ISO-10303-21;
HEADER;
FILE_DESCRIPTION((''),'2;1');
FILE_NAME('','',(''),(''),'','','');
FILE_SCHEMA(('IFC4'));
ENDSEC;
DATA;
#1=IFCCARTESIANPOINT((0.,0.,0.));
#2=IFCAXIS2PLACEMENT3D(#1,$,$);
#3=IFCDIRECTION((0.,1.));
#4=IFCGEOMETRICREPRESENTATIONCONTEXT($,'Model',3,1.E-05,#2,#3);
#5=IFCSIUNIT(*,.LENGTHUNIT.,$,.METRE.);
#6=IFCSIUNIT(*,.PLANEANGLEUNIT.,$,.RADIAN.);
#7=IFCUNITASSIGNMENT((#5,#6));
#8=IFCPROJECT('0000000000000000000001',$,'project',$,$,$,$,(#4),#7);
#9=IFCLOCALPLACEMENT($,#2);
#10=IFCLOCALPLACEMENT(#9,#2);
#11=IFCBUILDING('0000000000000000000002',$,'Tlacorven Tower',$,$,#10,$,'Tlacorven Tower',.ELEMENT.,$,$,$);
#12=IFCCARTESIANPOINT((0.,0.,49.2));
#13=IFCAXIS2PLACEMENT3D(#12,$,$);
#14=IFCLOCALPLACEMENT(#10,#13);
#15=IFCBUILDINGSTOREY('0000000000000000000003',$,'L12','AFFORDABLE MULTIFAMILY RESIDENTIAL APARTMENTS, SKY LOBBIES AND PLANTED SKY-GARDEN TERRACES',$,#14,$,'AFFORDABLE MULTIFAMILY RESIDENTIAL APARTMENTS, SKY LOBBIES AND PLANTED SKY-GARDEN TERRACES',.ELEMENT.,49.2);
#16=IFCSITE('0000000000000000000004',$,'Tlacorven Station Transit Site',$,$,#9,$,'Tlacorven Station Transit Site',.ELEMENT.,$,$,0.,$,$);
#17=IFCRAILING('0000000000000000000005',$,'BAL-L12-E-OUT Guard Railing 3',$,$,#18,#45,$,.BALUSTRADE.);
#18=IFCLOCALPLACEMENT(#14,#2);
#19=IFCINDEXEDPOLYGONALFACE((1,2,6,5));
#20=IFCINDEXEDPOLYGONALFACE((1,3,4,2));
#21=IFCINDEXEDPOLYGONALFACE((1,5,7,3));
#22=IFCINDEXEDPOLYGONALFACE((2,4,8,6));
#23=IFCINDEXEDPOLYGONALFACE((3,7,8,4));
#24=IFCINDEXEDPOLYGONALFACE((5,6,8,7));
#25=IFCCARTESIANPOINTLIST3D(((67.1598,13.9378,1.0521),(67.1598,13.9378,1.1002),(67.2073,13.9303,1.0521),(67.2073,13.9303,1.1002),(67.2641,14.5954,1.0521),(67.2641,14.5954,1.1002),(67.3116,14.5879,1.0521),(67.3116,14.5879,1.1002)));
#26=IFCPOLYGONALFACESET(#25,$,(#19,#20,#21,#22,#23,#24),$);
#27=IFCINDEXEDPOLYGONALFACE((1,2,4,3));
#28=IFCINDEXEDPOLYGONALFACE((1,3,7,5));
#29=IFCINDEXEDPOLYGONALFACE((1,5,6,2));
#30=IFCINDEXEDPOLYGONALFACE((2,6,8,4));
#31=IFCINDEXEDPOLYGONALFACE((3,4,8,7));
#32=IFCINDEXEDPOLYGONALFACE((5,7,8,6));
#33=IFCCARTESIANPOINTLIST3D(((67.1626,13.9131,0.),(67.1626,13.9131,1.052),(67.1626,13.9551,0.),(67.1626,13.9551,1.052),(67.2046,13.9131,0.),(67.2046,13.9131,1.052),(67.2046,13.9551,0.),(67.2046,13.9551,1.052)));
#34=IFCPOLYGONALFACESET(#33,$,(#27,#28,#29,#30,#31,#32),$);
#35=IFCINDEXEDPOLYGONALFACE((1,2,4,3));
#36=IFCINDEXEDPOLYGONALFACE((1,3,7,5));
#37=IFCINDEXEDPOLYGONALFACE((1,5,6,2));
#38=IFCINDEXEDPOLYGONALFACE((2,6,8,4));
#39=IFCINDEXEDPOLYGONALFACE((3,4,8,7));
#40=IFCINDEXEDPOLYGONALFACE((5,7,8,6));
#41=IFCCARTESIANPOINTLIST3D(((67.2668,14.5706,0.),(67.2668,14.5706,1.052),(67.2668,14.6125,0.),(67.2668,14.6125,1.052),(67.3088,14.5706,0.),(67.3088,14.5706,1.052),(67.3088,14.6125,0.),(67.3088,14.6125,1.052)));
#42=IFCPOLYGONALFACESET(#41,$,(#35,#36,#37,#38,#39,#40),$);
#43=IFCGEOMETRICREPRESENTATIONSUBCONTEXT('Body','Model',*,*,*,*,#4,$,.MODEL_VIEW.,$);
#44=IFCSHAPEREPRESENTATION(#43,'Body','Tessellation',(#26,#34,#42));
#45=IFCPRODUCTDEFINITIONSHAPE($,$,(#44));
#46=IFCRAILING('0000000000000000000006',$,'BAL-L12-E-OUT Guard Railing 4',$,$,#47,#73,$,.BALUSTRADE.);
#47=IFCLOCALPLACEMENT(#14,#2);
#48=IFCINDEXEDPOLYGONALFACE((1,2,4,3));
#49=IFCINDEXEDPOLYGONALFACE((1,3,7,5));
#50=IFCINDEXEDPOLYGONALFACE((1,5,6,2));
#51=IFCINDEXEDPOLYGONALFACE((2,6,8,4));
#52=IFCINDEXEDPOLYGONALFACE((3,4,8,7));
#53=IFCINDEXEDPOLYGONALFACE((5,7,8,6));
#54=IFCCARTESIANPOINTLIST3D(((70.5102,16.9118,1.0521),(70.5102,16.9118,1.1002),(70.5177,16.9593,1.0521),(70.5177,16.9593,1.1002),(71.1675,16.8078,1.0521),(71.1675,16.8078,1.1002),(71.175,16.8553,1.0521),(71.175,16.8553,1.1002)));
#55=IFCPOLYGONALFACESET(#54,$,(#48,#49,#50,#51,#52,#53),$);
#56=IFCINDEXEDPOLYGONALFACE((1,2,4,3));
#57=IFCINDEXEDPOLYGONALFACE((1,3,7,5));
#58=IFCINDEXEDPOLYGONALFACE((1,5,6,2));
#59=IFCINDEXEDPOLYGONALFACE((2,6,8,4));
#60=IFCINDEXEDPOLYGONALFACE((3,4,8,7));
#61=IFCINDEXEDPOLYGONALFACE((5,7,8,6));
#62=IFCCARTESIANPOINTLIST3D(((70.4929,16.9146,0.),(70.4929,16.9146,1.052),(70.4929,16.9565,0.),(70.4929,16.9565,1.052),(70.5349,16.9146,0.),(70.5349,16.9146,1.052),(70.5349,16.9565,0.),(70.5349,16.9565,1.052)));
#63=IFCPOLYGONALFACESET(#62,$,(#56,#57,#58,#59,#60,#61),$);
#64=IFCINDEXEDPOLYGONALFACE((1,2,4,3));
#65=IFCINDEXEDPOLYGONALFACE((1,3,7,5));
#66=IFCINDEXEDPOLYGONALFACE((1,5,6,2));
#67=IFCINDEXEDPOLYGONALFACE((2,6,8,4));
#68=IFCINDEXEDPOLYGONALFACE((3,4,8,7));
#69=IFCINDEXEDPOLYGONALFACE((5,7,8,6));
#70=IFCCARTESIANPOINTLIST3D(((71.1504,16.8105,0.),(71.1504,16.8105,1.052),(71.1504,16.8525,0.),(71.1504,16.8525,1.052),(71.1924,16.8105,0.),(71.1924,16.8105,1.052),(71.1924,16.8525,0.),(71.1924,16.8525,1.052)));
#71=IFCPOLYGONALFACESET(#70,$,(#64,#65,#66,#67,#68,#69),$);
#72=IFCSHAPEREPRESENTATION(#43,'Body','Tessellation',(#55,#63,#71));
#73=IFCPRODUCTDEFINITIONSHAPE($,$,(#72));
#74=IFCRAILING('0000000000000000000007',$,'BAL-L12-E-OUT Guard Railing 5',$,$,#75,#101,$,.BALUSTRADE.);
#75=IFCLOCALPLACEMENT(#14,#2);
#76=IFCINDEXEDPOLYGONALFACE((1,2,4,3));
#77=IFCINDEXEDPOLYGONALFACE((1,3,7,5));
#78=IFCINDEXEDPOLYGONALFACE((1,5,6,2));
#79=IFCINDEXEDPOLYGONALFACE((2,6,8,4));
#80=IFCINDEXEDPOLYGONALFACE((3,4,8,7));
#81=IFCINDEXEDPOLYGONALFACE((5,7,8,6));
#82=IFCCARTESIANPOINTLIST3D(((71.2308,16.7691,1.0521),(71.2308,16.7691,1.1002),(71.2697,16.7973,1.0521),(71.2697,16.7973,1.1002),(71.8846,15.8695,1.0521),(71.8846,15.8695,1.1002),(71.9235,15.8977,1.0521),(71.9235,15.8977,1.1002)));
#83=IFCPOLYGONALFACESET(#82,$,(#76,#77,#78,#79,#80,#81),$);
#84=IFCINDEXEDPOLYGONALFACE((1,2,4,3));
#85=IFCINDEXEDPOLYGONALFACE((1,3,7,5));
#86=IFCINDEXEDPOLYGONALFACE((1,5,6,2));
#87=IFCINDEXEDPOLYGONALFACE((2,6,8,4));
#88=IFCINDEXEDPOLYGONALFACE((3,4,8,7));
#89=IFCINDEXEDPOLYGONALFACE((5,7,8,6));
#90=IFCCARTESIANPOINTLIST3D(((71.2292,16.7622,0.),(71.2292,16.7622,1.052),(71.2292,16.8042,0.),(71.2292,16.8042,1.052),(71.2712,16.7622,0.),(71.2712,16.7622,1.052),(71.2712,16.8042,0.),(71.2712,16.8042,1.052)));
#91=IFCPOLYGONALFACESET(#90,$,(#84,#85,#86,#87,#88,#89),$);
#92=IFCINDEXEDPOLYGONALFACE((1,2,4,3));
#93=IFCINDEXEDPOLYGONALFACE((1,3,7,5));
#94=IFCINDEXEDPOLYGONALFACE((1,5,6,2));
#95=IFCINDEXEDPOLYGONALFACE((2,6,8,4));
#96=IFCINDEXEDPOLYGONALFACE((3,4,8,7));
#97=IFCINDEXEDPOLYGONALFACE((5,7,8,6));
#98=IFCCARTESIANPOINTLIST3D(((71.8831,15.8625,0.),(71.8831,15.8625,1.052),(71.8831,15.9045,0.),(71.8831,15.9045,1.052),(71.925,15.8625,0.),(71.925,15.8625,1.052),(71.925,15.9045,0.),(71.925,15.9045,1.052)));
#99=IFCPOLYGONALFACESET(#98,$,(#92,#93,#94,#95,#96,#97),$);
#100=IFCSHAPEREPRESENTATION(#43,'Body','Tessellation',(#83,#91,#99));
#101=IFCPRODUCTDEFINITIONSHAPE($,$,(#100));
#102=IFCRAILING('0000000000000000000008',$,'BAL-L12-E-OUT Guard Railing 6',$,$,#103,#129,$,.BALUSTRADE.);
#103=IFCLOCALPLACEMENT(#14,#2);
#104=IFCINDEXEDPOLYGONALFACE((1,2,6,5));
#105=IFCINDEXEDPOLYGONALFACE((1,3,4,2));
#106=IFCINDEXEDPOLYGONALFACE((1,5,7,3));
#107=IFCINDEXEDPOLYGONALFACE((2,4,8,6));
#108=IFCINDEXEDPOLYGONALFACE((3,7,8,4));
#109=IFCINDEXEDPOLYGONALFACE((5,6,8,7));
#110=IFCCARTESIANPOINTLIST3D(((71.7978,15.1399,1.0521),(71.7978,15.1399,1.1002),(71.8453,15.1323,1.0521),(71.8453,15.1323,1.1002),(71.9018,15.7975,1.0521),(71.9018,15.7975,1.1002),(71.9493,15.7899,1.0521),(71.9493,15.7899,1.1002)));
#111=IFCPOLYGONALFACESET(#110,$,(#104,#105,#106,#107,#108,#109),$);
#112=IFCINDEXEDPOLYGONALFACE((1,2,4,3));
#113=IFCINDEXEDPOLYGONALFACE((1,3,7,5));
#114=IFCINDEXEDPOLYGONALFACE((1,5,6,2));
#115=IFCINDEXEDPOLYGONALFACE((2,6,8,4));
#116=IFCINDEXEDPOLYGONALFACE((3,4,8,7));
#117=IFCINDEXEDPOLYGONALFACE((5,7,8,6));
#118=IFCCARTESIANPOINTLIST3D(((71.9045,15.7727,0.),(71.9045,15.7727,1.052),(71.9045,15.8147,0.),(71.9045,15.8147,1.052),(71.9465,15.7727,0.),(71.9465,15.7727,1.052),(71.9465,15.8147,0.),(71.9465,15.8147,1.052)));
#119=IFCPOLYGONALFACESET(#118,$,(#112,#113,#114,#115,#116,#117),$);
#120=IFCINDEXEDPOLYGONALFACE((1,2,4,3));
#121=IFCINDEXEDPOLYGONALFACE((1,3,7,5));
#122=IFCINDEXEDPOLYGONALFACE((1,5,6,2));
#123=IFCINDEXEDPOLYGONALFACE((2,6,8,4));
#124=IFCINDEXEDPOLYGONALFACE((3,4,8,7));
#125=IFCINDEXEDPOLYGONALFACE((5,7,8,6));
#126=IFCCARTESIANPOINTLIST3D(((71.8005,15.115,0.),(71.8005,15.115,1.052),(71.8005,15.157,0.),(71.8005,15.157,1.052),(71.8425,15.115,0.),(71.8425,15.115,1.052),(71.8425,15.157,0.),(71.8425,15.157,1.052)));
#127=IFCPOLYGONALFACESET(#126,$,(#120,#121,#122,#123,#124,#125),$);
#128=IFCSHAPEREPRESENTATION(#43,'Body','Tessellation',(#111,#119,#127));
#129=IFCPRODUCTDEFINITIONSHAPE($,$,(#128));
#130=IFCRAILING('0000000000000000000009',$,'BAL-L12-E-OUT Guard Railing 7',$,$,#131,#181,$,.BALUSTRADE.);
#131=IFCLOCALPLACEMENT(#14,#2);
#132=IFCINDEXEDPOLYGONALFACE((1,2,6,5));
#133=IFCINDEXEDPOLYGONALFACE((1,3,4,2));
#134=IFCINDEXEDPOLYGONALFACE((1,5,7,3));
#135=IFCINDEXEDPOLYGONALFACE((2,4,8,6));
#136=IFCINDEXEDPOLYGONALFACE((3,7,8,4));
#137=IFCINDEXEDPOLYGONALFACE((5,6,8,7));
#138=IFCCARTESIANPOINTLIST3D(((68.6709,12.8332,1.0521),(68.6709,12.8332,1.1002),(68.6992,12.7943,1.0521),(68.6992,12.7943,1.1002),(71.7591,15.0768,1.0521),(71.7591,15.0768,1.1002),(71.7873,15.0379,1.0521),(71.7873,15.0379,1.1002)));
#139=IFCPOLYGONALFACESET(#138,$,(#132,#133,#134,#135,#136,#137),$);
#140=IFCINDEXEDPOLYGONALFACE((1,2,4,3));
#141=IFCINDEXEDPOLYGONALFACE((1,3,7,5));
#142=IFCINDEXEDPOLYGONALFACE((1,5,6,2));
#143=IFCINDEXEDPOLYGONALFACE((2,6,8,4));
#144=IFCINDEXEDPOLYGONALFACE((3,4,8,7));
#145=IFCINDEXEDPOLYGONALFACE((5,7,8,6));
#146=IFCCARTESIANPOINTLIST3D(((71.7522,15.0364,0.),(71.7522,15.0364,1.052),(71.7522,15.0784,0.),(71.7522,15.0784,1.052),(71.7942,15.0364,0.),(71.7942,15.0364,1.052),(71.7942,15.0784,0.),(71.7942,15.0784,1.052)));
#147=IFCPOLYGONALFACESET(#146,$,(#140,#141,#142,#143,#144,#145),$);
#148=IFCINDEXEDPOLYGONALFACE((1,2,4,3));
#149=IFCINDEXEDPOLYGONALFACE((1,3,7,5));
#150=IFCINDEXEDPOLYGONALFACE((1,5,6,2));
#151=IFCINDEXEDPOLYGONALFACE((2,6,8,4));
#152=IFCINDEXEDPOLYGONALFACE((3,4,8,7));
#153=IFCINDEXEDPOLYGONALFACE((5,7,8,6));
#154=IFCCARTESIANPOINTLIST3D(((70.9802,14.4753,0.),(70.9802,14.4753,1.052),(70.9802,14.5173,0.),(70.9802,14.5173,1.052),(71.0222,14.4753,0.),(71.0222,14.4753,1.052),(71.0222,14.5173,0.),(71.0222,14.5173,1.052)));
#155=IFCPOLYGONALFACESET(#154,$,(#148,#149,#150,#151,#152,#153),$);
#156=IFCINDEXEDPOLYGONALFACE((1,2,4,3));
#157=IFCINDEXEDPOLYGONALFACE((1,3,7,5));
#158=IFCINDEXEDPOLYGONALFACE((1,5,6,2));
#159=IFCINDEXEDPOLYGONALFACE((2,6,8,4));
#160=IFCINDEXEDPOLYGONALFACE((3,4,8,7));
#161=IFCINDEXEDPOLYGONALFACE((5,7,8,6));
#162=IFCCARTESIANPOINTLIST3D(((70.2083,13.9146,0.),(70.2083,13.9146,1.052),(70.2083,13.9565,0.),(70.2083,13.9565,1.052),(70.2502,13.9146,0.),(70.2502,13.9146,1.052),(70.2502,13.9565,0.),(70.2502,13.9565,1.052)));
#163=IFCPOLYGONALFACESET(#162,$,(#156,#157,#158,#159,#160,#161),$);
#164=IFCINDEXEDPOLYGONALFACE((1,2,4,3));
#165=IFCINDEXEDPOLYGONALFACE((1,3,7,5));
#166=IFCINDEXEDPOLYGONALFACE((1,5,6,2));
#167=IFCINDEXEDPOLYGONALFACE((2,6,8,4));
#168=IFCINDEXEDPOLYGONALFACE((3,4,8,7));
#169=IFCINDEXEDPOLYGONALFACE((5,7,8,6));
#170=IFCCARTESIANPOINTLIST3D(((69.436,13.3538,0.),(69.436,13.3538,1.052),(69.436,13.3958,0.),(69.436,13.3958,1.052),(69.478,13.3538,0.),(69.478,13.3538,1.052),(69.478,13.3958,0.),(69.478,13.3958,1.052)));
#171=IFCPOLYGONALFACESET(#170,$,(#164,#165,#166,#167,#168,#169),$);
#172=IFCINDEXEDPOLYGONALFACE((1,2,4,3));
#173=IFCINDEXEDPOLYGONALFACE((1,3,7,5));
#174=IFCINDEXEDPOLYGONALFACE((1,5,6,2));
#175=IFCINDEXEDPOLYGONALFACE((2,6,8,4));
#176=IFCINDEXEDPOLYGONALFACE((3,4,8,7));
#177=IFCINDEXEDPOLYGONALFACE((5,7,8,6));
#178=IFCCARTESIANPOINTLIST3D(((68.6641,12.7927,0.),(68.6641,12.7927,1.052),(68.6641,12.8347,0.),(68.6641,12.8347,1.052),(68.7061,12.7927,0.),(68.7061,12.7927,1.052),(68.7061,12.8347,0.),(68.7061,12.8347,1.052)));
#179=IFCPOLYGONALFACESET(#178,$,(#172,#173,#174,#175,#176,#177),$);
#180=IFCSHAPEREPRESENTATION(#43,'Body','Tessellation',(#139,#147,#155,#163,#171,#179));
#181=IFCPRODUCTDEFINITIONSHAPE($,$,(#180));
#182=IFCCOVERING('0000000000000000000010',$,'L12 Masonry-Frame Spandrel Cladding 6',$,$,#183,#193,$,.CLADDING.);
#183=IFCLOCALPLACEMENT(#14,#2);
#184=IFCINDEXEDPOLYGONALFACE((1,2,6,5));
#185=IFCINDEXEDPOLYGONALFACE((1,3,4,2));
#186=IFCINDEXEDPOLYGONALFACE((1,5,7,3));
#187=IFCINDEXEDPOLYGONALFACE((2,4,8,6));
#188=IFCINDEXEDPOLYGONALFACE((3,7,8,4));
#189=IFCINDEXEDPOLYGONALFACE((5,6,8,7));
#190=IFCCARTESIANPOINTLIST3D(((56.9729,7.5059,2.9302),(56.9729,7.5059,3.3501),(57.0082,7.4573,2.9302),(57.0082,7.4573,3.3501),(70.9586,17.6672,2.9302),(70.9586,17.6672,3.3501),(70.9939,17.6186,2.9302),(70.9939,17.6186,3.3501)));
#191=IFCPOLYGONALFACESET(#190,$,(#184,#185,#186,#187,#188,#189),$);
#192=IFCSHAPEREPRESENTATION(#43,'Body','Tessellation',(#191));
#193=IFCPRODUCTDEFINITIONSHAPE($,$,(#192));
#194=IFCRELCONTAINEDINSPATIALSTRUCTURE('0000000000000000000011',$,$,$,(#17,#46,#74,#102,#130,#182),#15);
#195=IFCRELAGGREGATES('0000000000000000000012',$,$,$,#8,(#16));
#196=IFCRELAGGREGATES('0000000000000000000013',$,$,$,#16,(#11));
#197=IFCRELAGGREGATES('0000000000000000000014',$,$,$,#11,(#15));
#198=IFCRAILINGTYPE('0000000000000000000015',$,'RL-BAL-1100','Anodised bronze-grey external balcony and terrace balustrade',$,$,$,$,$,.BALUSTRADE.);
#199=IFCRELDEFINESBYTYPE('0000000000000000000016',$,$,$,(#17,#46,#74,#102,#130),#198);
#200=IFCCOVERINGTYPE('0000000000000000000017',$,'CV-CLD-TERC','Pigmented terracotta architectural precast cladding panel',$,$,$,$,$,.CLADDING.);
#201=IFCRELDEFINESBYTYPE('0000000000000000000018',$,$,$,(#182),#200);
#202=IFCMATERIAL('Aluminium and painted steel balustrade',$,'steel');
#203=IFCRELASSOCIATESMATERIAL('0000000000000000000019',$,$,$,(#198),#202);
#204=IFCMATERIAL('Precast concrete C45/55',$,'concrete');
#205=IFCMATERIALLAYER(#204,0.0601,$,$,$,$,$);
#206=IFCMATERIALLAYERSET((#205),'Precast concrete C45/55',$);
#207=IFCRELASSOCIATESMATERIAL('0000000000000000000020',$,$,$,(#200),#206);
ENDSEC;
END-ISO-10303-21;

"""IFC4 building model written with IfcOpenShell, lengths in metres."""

from ifc_helpers import new_model, si_unit, direction, frame, origin, origin_2d, place, context, subcontext, project, spatial, rectangle, extrude, source, transform, mapped, material, layer, layer_set, type_object, element, save


model = new_model("IFC4")

# Units and contexts
model_context = context("Model", 3, precision=1e-05, world=origin(), true_north=direction((0.0, 1.0)))
body_context = subcontext(model_context, "Body", "Model", "MODEL_VIEW")
ifc_project = project(units=[si_unit("LENGTHUNIT", "METRE"), si_unit("PLANEANGLEUNIT", "RADIAN")], contexts=[model_context])

# Site, building, storey
site_placement = place(None, origin())
site = spatial("IfcSite", under=ifc_project, at=site_placement, Name="Tlacorven Station Transit Site", LongName="Tlacorven Station Transit Site", CompositionType="ELEMENT", RefElevation=0.0)
building_placement = place(site_placement, origin())
building = spatial("IfcBuilding", under=site, at=building_placement, Name="Tlacorven Tower", LongName="Tlacorven Tower", CompositionType="ELEMENT")
storey_placement = place(building_placement, frame((0.0, 0.0, 49.2)))
storey = spatial("IfcBuildingStorey", under=building, at=storey_placement, Name="L12", Description="AFFORDABLE MULTIFAMILY RESIDENTIAL APARTMENTS, SKY LOBBIES AND PLANTED SKY-GARDEN TERRACES", LongName="AFFORDABLE MULTIFAMILY RESIDENTIAL APARTMENTS, SKY LOBBIES AND PLANTED SKY-GARDEN TERRACES", CompositionType="ELEMENT", Elevation=49.2)

# Shared definitions
ifc_material_1 = material(Name="Precast concrete C45/55", Category="concrete")

# Railings
ifc_material_2 = material(Name="Aluminium and painted steel balustrade", Category="steel")
railing_type = type_object("IfcRailingType", Name="RL-BAL-1100", Description="Anodised bronze-grey external balcony and terrace balustrade", PredefinedType="BALUSTRADE", material=ifc_material_2)
shared_shape_1 = source(origin(), body_context, "Body", "SweptSolid", [
    extrude(rectangle(XDim=0.0481, YDim=0.0481, at=origin_2d()), frame((0.0, 0.0, 1.0762), z_axis=(0.156603, 0.987662, 0.0), x_axis=(-0.987662, 0.156603, 0.0)), (0.0, 0.0, 1.0), 0.6658),
    extrude(rectangle(XDim=0.042, YDim=0.042, at=origin_2d()), origin(), (0.0, 0.0, 1.0), 1.052),
    extrude(rectangle(XDim=0.042, YDim=0.042, at=origin_2d()), frame((0.1042, 0.6575, 0.0)), (0.0, 0.0, 1.0), 1.052),
])
railing_1_placement = place(storey_placement, frame((67.1836, 13.9341, 0.0)))
element("IfcRailing", 1, at=railing_1_placement, inside=storey, type_object=railing_type, Name="BAL-L12-E-OUT Guard Railing 3", PredefinedType="BALUSTRADE", context=body_context, shape_type="MappedRepresentation", body=[
    mapped(shared_shape_1, transform((0.0, 0.0, 0.0), scale=1.0)),
])
shared_shape_2 = source(origin(), body_context, "Body", "SweptSolid", [
    extrude(rectangle(XDim=0.0481, YDim=0.0481, at=origin_2d()), frame((0.0, 0.0, 1.0762), z_axis=(0.987718, -0.156245, 0.0), x_axis=(0.156245, 0.987718, 0.0)), (0.0, 0.0, 1.0), 0.6655),
    extrude(rectangle(XDim=0.042, YDim=0.042, at=origin_2d()), origin(), (0.0, 0.0, 1.0), 1.052),
    extrude(rectangle(XDim=0.042, YDim=0.042, at=origin_2d()), frame((0.6575, -0.104, 0.0)), (0.0, 0.0, 1.0), 1.052),
])
railing_2_placement = place(storey_placement, frame((70.5139, 16.9355, 0.0)))
element("IfcRailing", 2, at=railing_2_placement, inside=storey, type_object=railing_type, Name="BAL-L12-E-OUT Guard Railing 4", PredefinedType="BALUSTRADE", context=body_context, shape_type="MappedRepresentation", body=[
    mapped(shared_shape_2, transform((0.0, 0.0, 0.0), scale=1.0)),
])
shared_shape_3 = source(origin(), body_context, "Body", "SweptSolid", [
    extrude(rectangle(XDim=0.0481, YDim=0.0481, at=origin_2d()), frame((0.0, 0.0, 1.0762), z_axis=(0.587884, -0.808945, 0.0), x_axis=(0.808945, 0.587884, 0.0)), (0.0, 0.0, 1.0), 1.1121),
    extrude(rectangle(XDim=0.042, YDim=0.042, at=origin_2d()), origin(), (0.0, 0.0, 1.0), 1.052),
    extrude(rectangle(XDim=0.042, YDim=0.042, at=origin_2d()), frame((0.6538, -0.8997, 0.0)), (0.0, 0.0, 1.0), 1.052),
])
railing_3_placement = place(storey_placement, frame((71.2502, 16.7832, 0.0)))
element("IfcRailing", 3, at=railing_3_placement, inside=storey, type_object=railing_type, Name="BAL-L12-E-OUT Guard Railing 5", PredefinedType="BALUSTRADE", context=body_context, shape_type="MappedRepresentation", body=[
    mapped(shared_shape_3, transform((0.0, 0.0, 0.0), scale=1.0)),
])
shared_shape_4 = source(origin(), body_context, "Body", "SweptSolid", [
    extrude(rectangle(XDim=0.0481, YDim=0.0481, at=origin_2d()), frame((0.0, 0.0, 1.0762), z_axis=(-0.156188, -0.987727, 0.0), x_axis=(0.987727, -0.156188, 0.0)), (0.0, 0.0, 1.0), 0.6658),
    extrude(rectangle(XDim=0.042, YDim=0.042, at=origin_2d()), origin(), (0.0, 0.0, 1.0), 1.052),
    extrude(rectangle(XDim=0.042, YDim=0.042, at=origin_2d()), frame((-0.104, -0.6577, 0.0)), (0.0, 0.0, 1.0), 1.052),
])
railing_4_placement = place(storey_placement, frame((71.9255, 15.7937, 0.0)))
element("IfcRailing", 4, at=railing_4_placement, inside=storey, type_object=railing_type, Name="BAL-L12-E-OUT Guard Railing 6", PredefinedType="BALUSTRADE", context=body_context, shape_type="MappedRepresentation", body=[
    mapped(shared_shape_4, transform((0.0, 0.0, 0.0), scale=1.0)),
])
shared_shape_5 = source(origin(), body_context, "Body", "SweptSolid", [
    extrude(rectangle(XDim=0.0481, YDim=0.0481, at=origin_2d()), frame((0.0, 0.0, 1.0762), z_axis=(-0.809018, -0.587784, 0.0), x_axis=(0.587784, -0.809018, 0.0)), (0.0, 0.0, 1.0), 3.8171),
    extrude(rectangle(XDim=0.042, YDim=0.042, at=origin_2d()), origin(), (0.0, 0.0, 1.0), 1.052),
    extrude(rectangle(XDim=0.042, YDim=0.042, at=origin_2d()), frame((-0.772, -0.561, 0.0)), (0.0, 0.0, 1.0), 1.052),
    extrude(rectangle(XDim=0.042, YDim=0.042, at=origin_2d()), frame((-1.5439, -1.1218, 0.0)), (0.0, 0.0, 1.0), 1.052),
    extrude(rectangle(XDim=0.042, YDim=0.042, at=origin_2d()), frame((-2.3162, -1.6826, 0.0)), (0.0, 0.0, 1.0), 1.052),
    extrude(rectangle(XDim=0.042, YDim=0.042, at=origin_2d()), frame((-3.0881, -2.2437, 0.0)), (0.0, 0.0, 1.0), 1.052),
])
railing_5_placement = place(storey_placement, frame((71.7732, 15.0574, 0.0)))
element("IfcRailing", 5, at=railing_5_placement, inside=storey, type_object=railing_type, Name="BAL-L12-E-OUT Guard Railing 7", PredefinedType="BALUSTRADE", context=body_context, shape_type="MappedRepresentation", body=[
    mapped(shared_shape_5, transform((0.0, 0.0, 0.0), scale=1.0)),
])

# Covering
ifc_layer_1 = layer(ifc_material_1, 0.0601)
ifc_layer_set_1 = layer_set([ifc_layer_1], Name="Precast concrete C45/55")
covering_type = type_object("IfcCoveringType", Name="CV-CLD-TERC", Description="Pigmented terracotta architectural precast cladding panel", PredefinedType="CLADDING", material=ifc_layer_set_1)
shared_shape_6 = source(origin(), body_context, "Body", "SweptSolid", [
    extrude(rectangle(XDim=17.2874, YDim=0.0601, at=origin_2d()), origin(), (0.0, 0.0, 1.0), 0.4199),
])
covering_placement = place(storey_placement, frame((63.9834, 12.5623, 2.9302), z_axis=(0.0, 0.0, 1.0), x_axis=(-0.809017, -0.587785, 0.0)))
element("IfcCovering", 6, at=covering_placement, inside=storey, type_object=covering_type, Name="L12 Masonry-Frame Spandrel Cladding 6", PredefinedType="CLADDING", context=body_context, shape_type="MappedRepresentation", body=[
    mapped(shared_shape_6, transform((0.0, 0.0, 0.0), scale=1.0)),
])

save(model, "model.ifc")
